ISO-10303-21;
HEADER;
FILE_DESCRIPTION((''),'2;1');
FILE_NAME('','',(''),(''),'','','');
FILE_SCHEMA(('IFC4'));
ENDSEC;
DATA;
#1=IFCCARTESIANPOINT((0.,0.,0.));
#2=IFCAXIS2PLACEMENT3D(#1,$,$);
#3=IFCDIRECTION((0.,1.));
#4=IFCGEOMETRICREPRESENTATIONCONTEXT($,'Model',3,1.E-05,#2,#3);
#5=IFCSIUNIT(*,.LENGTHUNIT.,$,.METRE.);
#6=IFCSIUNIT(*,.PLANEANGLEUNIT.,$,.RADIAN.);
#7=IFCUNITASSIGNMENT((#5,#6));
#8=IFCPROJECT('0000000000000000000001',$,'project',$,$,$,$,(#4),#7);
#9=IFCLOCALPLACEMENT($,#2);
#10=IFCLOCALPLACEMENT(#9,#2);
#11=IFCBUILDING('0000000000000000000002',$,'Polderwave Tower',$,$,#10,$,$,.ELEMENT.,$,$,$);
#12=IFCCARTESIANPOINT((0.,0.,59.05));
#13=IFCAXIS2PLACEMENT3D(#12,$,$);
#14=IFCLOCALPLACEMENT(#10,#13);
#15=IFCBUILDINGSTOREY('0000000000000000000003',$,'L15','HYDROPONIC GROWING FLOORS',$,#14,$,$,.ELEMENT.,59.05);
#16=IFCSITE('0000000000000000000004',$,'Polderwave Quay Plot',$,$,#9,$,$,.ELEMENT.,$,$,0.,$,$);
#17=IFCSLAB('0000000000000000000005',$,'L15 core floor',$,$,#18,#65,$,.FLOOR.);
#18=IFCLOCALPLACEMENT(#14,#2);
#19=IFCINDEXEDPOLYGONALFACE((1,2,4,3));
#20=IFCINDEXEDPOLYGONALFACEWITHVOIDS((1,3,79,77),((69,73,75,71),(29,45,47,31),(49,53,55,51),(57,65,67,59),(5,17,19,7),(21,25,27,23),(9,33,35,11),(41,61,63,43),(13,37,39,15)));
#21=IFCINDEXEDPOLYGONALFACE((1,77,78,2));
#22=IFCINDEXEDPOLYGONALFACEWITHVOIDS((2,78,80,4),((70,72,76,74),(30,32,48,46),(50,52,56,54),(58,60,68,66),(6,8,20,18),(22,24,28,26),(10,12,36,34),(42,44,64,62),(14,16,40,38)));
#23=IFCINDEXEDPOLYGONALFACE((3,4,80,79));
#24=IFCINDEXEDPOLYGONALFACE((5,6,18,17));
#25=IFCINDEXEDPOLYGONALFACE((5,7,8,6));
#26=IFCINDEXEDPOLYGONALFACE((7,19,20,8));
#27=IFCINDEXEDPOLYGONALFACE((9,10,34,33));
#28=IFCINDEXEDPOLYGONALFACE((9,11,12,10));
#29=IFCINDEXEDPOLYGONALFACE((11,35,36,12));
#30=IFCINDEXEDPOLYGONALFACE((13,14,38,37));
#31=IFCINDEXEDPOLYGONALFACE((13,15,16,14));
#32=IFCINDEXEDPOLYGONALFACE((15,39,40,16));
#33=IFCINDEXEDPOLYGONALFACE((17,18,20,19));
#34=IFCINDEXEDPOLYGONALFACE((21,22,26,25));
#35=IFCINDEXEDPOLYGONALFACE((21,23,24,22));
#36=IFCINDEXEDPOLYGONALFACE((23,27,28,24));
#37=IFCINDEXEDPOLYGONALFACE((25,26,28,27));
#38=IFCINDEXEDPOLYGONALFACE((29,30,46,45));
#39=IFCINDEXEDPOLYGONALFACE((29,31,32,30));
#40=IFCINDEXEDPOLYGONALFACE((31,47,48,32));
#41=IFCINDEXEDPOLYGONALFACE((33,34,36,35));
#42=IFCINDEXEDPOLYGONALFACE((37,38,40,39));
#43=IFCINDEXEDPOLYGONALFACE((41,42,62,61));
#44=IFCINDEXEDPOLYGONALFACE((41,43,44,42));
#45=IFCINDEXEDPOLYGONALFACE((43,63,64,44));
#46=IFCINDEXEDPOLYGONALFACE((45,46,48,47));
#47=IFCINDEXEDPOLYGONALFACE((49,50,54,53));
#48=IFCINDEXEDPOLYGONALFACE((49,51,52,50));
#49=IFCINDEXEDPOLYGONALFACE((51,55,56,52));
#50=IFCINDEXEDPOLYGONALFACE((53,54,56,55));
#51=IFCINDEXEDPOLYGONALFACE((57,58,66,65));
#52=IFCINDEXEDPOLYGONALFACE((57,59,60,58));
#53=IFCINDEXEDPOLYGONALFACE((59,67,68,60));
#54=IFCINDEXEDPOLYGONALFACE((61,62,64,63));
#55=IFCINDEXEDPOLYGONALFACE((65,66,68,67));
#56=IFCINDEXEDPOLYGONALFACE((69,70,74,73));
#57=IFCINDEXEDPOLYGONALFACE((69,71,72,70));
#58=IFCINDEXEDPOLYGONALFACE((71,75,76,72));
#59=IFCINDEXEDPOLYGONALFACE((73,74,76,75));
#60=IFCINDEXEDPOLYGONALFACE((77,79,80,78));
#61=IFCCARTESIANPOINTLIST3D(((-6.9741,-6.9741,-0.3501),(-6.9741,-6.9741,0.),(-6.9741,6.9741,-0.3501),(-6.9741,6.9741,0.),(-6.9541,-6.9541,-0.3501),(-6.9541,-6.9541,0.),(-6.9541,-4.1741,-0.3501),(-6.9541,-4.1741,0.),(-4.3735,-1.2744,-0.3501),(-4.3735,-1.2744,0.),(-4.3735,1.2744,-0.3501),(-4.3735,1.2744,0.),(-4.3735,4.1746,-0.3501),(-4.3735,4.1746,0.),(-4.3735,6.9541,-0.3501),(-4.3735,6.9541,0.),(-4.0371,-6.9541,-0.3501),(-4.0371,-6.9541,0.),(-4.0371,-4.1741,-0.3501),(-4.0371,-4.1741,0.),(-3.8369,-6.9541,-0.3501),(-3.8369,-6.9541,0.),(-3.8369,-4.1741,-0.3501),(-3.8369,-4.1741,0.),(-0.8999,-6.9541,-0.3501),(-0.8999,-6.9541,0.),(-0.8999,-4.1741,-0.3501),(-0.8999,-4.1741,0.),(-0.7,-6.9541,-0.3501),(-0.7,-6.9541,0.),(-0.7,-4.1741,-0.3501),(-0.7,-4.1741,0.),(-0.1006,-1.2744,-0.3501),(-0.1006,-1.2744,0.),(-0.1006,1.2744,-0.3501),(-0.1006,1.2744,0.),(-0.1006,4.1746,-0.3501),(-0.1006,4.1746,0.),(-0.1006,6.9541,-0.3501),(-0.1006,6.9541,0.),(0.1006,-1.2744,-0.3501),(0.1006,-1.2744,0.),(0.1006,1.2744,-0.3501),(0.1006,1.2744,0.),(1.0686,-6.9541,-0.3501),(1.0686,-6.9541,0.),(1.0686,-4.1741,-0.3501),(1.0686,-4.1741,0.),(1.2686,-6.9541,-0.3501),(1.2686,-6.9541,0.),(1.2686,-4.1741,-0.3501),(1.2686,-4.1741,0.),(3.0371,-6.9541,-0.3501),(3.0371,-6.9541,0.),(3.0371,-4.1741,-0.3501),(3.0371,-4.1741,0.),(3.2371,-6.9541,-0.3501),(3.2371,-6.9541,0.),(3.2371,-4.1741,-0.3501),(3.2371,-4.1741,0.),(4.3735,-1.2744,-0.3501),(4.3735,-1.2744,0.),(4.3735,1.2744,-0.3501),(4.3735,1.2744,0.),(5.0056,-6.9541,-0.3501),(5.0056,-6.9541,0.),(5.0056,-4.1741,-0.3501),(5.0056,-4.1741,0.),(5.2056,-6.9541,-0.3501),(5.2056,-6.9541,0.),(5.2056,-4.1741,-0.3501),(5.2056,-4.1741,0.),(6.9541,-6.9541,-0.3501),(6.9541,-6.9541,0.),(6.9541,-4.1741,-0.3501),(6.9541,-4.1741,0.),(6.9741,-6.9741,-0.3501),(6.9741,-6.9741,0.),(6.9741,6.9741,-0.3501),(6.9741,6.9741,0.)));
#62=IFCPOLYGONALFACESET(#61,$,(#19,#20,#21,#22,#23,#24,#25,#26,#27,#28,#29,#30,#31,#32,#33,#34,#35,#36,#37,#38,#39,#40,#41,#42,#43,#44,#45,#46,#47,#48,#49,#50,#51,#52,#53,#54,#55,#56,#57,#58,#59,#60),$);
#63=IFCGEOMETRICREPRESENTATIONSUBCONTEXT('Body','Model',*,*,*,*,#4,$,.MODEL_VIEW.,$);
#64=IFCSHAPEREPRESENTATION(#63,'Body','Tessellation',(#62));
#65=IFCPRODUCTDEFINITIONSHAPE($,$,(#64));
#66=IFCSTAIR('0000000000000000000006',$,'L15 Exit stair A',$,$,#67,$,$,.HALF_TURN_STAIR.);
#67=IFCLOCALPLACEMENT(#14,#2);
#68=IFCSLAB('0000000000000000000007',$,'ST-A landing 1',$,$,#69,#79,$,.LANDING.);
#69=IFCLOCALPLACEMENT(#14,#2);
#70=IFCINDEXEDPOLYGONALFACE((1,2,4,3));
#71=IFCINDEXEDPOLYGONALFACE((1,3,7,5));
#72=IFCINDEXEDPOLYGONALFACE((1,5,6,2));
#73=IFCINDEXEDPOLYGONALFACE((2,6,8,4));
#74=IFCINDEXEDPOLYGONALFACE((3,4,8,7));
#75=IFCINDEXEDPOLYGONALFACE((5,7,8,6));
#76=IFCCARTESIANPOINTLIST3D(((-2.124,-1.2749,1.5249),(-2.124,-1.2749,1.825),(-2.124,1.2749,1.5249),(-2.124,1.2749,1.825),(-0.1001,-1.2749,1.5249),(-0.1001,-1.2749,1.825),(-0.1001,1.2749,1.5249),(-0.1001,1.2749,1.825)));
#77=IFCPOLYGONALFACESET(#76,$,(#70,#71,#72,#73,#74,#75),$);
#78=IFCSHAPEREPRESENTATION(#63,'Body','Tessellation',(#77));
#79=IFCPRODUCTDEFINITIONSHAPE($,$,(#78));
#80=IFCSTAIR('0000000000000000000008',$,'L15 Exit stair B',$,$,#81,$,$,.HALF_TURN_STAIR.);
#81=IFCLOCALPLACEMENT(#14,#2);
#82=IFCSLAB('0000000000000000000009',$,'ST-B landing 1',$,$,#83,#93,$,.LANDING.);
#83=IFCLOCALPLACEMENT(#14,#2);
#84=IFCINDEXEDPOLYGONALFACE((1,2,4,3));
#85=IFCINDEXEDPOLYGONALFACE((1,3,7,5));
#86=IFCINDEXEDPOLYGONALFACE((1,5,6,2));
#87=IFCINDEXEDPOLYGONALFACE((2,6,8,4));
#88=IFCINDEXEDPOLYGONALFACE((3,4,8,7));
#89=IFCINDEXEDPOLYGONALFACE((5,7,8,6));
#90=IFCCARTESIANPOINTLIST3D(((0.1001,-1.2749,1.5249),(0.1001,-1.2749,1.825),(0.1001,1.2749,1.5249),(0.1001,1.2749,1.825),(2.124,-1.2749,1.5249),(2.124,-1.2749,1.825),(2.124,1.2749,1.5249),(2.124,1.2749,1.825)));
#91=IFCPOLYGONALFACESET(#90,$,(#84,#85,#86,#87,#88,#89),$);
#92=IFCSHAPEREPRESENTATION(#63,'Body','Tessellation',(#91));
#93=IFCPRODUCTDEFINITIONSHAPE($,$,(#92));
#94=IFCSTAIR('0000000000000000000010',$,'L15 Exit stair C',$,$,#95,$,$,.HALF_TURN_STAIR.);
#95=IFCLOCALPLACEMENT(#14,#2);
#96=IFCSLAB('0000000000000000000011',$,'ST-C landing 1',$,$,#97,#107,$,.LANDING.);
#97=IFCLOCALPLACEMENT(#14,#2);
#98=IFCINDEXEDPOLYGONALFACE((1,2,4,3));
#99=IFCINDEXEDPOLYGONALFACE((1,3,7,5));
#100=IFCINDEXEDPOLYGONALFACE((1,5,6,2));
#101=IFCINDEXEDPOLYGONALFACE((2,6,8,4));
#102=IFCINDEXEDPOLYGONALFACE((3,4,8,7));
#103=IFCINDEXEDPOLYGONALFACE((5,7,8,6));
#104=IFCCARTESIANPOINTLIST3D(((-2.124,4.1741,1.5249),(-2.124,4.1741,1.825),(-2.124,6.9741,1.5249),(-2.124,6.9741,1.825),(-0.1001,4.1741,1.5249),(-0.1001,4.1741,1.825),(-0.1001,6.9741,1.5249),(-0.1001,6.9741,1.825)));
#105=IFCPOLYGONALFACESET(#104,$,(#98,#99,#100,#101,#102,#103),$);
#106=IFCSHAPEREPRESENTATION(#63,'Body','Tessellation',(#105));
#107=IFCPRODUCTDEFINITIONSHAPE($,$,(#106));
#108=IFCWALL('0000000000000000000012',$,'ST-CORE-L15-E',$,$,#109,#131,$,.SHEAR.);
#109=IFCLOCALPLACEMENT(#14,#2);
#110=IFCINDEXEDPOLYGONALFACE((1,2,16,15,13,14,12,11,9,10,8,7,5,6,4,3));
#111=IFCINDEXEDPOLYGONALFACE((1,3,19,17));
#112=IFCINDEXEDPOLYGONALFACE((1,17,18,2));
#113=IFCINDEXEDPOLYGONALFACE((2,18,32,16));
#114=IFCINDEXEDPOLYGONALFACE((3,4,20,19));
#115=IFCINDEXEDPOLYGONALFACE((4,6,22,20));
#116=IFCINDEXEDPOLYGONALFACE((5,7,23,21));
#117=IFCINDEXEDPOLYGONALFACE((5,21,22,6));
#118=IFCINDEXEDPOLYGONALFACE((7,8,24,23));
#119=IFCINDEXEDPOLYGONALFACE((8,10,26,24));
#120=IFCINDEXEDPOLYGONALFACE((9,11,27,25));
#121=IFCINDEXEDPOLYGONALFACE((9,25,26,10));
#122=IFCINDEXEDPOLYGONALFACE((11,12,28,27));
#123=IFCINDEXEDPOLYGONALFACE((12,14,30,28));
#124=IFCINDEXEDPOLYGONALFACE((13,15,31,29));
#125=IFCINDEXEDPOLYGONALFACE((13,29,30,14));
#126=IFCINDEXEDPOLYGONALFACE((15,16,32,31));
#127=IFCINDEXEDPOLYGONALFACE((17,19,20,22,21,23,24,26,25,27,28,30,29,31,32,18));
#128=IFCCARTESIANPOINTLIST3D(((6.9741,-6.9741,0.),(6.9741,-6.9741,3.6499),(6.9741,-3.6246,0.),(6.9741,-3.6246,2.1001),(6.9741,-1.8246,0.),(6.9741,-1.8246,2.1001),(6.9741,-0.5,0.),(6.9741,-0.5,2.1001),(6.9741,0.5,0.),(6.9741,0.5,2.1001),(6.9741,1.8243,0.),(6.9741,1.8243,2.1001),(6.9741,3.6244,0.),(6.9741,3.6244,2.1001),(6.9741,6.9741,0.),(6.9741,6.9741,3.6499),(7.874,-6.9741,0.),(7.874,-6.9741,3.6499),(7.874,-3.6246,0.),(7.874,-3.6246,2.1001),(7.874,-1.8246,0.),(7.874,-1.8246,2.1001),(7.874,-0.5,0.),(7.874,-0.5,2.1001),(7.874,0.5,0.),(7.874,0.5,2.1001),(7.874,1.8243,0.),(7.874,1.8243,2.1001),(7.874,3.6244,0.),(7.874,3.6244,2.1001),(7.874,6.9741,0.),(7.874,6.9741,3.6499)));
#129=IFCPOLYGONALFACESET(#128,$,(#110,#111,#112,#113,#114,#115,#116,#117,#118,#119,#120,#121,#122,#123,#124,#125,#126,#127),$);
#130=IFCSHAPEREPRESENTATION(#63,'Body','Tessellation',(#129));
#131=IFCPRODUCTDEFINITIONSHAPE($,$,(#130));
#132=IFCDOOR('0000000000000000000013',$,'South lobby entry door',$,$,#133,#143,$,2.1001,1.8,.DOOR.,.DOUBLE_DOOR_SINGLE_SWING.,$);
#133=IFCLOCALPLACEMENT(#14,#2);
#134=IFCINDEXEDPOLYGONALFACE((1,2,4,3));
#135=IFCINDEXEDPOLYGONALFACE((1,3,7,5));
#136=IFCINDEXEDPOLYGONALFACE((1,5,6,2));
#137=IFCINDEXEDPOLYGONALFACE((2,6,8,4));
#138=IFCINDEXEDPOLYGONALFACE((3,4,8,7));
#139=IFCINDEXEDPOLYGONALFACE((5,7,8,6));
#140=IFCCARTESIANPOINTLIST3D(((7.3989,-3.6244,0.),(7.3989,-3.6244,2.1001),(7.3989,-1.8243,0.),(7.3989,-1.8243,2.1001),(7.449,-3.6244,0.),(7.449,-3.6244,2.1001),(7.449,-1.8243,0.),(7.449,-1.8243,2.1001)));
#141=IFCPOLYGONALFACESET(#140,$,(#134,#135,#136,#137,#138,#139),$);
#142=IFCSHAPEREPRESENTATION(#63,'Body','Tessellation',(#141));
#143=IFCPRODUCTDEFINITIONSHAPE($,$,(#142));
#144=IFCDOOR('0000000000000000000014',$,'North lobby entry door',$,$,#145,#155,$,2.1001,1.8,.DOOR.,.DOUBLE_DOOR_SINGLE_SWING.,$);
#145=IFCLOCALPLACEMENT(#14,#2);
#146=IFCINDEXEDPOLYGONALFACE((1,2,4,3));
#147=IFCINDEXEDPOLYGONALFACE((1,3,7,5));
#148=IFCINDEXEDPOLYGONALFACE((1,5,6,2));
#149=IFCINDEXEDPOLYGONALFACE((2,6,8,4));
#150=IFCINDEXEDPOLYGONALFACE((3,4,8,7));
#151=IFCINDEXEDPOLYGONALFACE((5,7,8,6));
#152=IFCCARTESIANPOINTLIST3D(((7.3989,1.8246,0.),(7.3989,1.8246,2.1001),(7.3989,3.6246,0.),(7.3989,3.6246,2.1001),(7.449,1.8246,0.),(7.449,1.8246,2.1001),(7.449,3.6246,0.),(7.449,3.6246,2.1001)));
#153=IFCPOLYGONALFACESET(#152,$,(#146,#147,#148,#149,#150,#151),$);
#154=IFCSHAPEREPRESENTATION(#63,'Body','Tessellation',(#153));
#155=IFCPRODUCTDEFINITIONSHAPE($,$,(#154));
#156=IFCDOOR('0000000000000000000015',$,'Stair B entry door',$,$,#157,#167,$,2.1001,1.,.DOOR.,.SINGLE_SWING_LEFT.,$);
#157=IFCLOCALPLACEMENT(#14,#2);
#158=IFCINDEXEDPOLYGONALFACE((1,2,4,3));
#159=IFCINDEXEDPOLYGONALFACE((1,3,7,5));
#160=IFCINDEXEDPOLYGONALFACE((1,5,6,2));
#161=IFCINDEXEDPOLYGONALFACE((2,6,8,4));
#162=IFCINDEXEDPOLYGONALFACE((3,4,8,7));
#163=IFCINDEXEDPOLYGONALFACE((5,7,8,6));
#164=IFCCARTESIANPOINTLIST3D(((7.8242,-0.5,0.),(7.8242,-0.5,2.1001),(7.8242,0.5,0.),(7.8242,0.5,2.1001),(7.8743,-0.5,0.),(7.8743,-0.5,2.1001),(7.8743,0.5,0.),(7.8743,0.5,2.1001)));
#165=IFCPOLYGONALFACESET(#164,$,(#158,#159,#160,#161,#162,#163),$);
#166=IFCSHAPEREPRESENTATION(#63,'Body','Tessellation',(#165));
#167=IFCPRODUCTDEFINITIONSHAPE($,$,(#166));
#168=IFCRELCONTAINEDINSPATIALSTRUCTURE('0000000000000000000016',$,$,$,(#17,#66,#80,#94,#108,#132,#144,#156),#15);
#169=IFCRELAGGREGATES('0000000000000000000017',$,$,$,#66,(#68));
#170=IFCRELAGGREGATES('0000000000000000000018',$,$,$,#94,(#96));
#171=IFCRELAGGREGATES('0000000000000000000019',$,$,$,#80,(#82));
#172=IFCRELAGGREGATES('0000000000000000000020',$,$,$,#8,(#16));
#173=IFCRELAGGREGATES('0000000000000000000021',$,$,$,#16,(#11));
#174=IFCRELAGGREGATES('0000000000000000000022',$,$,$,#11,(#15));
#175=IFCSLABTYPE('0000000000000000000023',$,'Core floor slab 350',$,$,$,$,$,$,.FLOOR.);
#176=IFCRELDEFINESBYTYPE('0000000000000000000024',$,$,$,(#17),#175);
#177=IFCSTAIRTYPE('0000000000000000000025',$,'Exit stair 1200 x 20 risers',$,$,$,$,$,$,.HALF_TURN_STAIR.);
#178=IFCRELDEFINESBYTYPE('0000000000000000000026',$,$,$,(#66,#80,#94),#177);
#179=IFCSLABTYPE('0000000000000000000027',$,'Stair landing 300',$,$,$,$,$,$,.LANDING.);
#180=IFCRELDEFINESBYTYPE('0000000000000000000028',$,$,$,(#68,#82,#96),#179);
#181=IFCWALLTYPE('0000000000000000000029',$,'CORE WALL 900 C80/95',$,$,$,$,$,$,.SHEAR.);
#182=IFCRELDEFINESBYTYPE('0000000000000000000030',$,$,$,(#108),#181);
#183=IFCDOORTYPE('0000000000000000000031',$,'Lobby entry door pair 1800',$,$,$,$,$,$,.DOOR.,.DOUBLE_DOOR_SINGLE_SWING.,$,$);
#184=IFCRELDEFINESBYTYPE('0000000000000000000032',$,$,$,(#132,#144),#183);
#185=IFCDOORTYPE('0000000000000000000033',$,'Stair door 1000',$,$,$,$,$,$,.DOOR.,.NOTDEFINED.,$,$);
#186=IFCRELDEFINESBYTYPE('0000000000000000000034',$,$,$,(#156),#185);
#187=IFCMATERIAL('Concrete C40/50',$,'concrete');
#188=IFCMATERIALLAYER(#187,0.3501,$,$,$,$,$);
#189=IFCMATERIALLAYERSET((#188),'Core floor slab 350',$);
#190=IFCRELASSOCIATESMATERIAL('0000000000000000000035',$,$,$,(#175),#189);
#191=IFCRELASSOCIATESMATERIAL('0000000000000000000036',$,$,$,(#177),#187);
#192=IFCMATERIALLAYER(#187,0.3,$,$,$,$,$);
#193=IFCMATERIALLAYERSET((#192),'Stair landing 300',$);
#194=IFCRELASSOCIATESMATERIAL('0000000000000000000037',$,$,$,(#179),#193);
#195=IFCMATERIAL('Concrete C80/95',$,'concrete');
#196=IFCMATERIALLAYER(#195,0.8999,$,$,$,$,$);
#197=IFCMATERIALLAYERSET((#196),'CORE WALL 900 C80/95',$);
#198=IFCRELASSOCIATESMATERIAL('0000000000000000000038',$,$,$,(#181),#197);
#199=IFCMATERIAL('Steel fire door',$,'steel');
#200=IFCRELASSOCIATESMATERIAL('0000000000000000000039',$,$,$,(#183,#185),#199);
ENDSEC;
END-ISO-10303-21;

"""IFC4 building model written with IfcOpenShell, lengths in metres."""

from ifc_helpers import new_model, si_unit, direction, frame, frame_2d, origin, place, context, subcontext, project, spatial, polyline, rectangle, outline, extrude, material, layer, layer_set, type_object, element, fill, aggregate, save


model = new_model("IFC4")

# Units and contexts
model_context = context("Model", 3, precision=1e-05, world=origin(), true_north=direction((0.0, 1.0)))
body_context = subcontext(model_context, "Body", "Model", "MODEL_VIEW")
ifc_project = project(units=[si_unit("LENGTHUNIT", "METRE"), si_unit("PLANEANGLEUNIT", "RADIAN")], contexts=[model_context])

# Site, building, storey
site_placement = place(None, origin())
site = spatial("IfcSite", under=ifc_project, at=site_placement, Name="Polderwave Quay Plot", CompositionType="ELEMENT", RefElevation=0.0)
building_placement = place(site_placement, origin())
building = spatial("IfcBuilding", under=site, at=building_placement, Name="Polderwave Tower", CompositionType="ELEMENT")
storey_placement = place(building_placement, frame((0.0, 0.0, 59.05)))
storey = spatial("IfcBuildingStorey", under=building, at=storey_placement, Name="L15", Description="HYDROPONIC GROWING FLOORS", CompositionType="ELEMENT", Elevation=59.05)

# Slab
ifc_material_1 = material(Name="Concrete C40/50", Category="concrete")
ifc_layer_1 = layer(ifc_material_1, 0.3501)
ifc_layer_set_1 = layer_set([ifc_layer_1], Name="Core floor slab 350")
slab_type_1 = type_object("IfcSlabType", Name="Core floor slab 350", PredefinedType="FLOOR", material=ifc_layer_set_1)
slab_1_placement = place(storey_placement, frame((0.0, 0.0, -0.3501)))
element("IfcSlab", 1, at=slab_1_placement, inside=storey, type_object=slab_type_1, Name="L15 core floor", PredefinedType="FLOOR", context=body_context, shape_type="SweptSolid", body=[
    extrude(outline(polyline([(-6.9741, -6.9741), (6.9741, -6.9741), (6.9741, 6.9741), (-6.9741, 6.9741), (-6.9741, -6.9741)]), holes=[polyline([(-6.9541, -6.9541), (-4.0371, -6.9541), (-4.0371, -4.1741), (-6.9541, -4.1741), (-6.9541, -6.9541)]), polyline([(-3.8369, -6.9541), (-0.8999, -6.9541), (-0.8999, -4.1741), (-3.8369, -4.1741), (-3.8369, -6.9541)]), polyline([(-0.7, -6.9541), (1.0686, -6.9541), (1.0686, -4.1741), (-0.7, -4.1741), (-0.7, -6.9541)]), polyline([(1.2686, -6.9541), (3.0371, -6.9541), (3.0371, -4.1741), (1.2686, -4.1741), (1.2686, -6.9541)]), polyline([(3.2371, -6.9541), (5.0056, -6.9541), (5.0056, -4.1741), (3.2371, -4.1741), (3.2371, -6.9541)]), polyline([(5.2056, -6.9541), (6.9541, -6.9541), (6.9541, -4.1741), (5.2056, -4.1741), (5.2056, -6.9541)]), polyline([(-4.3735, -1.2744), (-0.1006, -1.2744), (-0.1006, 1.2744), (-4.3735, 1.2744), (-4.3735, -1.2744)]), polyline([(0.1006, -1.2744), (4.3735, -1.2744), (4.3735, 1.2744), (0.1006, 1.2744), (0.1006, -1.2744)]), polyline([(-4.3735, 4.1746), (-0.1006, 4.1746), (-0.1006, 6.9541), (-4.3735, 6.9541), (-4.3735, 4.1746)])]), origin(), (0.0, 0.0, 1.0), 0.3501),
])

# Stairs, slabs
stair_type = type_object("IfcStairType", Name="Exit stair 1200 x 20 risers", PredefinedType="HALF_TURN_STAIR", material=ifc_material_1)
stair_1_placement = place(storey_placement, origin())
stair_1 = element("IfcStair", 2, at=stair_1_placement, inside=storey, type_object=stair_type, Name="L15 Exit stair A", PredefinedType="HALF_TURN_STAIR")
ifc_layer_2 = layer(ifc_material_1, 0.3)
ifc_layer_set_2 = layer_set([ifc_layer_2], Name="Stair landing 300")
slab_type_2 = type_object("IfcSlabType", Name="Stair landing 300", PredefinedType="LANDING", material=ifc_layer_set_2)
slab_2_placement = place(storey_placement, frame((0.0, 0.0, 1.5249)))
slab_2 = element("IfcSlab", 3, at=slab_2_placement, type_object=slab_type_2, Name="ST-A landing 1", PredefinedType="LANDING", context=body_context, shape_type="SweptSolid", body=[
    extrude(outline(polyline([(-2.124, -1.2749), (-0.1001, -1.2749), (-0.1001, 1.2749), (-2.124, 1.2749), (-2.124, -1.2749)])), origin(), (0.0, 0.0, 1.0), 0.3),
])
aggregate(stair_1, [slab_2])
stair_2_placement = place(storey_placement, origin())
stair_2 = element("IfcStair", 4, at=stair_2_placement, inside=storey, type_object=stair_type, Name="L15 Exit stair B", PredefinedType="HALF_TURN_STAIR")
slab_3_placement = place(storey_placement, frame((0.0, 0.0, 1.5249)))
slab_3 = element("IfcSlab", 5, at=slab_3_placement, type_object=slab_type_2, Name="ST-B landing 1", PredefinedType="LANDING", context=body_context, shape_type="SweptSolid", body=[
    extrude(outline(polyline([(2.124, 1.2749), (0.1001, 1.2749), (0.1001, -1.2749), (2.124, -1.2749), (2.124, 1.2749)])), origin(), (0.0, 0.0, 1.0), 0.3),
])
stair_3_placement = place(storey_placement, origin())
stair_3 = element("IfcStair", 6, at=stair_3_placement, inside=storey, type_object=stair_type, Name="L15 Exit stair C", PredefinedType="HALF_TURN_STAIR")
slab_4_placement = place(storey_placement, frame((0.0, 0.0, 1.5249)))
slab_4 = element("IfcSlab", 7, at=slab_4_placement, type_object=slab_type_2, Name="ST-C landing 1", PredefinedType="LANDING", context=body_context, shape_type="SweptSolid", body=[
    extrude(outline(polyline([(-2.124, 4.1741), (-0.1001, 4.1741), (-0.1001, 6.9741), (-2.124, 6.9741), (-2.124, 4.1741)])), origin(), (0.0, 0.0, 1.0), 0.3),
])
aggregate(stair_3, [slab_4])

# Wall, openings, doors
ifc_material_2 = material(Name="Concrete C80/95", Category="concrete")
ifc_layer_3 = layer(ifc_material_2, 0.8999)
ifc_layer_set_3 = layer_set([ifc_layer_3], Name="CORE WALL 900 C80/95")
wall_type_1 = type_object("IfcWallType", Name="CORE WALL 900 C80/95", PredefinedType="SHEAR", material=ifc_layer_set_3)
wall_1_placement = place(storey_placement, frame((7.4241, -6.9741, 0.0), z_axis=(0.0, 0.0, 1.0), x_axis=(0.0, 1.0, 0.0)))
wall_1 = element("IfcWall", 8, at=wall_1_placement, inside=storey, type_object=wall_type_1, Name="ST-CORE-L15-E", PredefinedType="SHEAR", context=body_context, shape_type="SweptSolid", body=[
    extrude(rectangle(XDim=13.9482, YDim=0.8999, at=frame_2d((6.9741, 0.0))), origin(), (0.0, 0.0, 1.0), 3.6499),
])
opening_1_placement = place(wall_1_placement, frame((6.4741, 0.0, 0.0)))
opening_1 = element("IfcOpeningElement", 9, at=opening_1_placement, cuts=wall_1, PredefinedType="OPENING", context=body_context, shape_type="SweptSolid", body=[
    extrude(rectangle(XDim=1.0, YDim=2.1001, at=frame_2d((0.5, 1.05))), frame((0.0, 0.46, 0.0), z_axis=(0.0, -1.0, 0.0), x_axis=(1.0, 0.0, 0.0)), (0.0, 0.0, 1.0), 0.9199),
])
opening_2_placement = place(wall_1_placement, frame((3.3496, 0.0, 0.0)))
opening_2 = element("IfcOpeningElement", 10, at=opening_2_placement, cuts=wall_1, PredefinedType="OPENING", context=body_context, shape_type="SweptSolid", body=[
    extrude(rectangle(XDim=1.8, YDim=2.1001, at=frame_2d((0.8999, 1.05))), frame((0.0, 0.46, 0.0), z_axis=(0.0, -1.0, 0.0), x_axis=(1.0, 0.0, 0.0)), (0.0, 0.0, 1.0), 0.9199),
])
opening_3_placement = place(wall_1_placement, frame((8.7986, 0.0, 0.0)))
opening_3 = element("IfcOpeningElement", 11, at=opening_3_placement, cuts=wall_1, PredefinedType="OPENING", context=body_context, shape_type="SweptSolid", body=[
    extrude(rectangle(XDim=1.8, YDim=2.1001, at=frame_2d((0.8999, 1.05))), frame((0.0, 0.46, 0.0), z_axis=(0.0, -1.0, 0.0), x_axis=(1.0, 0.0, 0.0)), (0.0, 0.0, 1.0), 0.9199),
])
ifc_material_3 = material(Name="Steel fire door", Category="steel")
door_type_1 = type_object("IfcDoorType", Name="Lobby entry door pair 1800", OperationType="DOUBLE_DOOR_SINGLE_SWING", PredefinedType="DOOR", material=ifc_material_3)
door_1_placement = place(opening_2_placement, frame((1.8, 0.0, 0.0), z_axis=(0.0, 0.0, 1.0), x_axis=(-1.0, 0.0, 0.0)))
door_1 = element("IfcDoor", 12, at=door_1_placement, inside=storey, type_object=door_type_1, Name="South lobby entry door", OperationType="DOUBLE_DOOR_SINGLE_SWING", OverallHeight=2.1001, OverallWidth=1.8, PredefinedType="DOOR", context=body_context, shape_type="SweptSolid", body=[
    extrude(rectangle(XDim=1.8, YDim=2.1001, at=frame_2d((0.8999, 1.05))), frame((0.0, 0.0249, 0.0), z_axis=(0.0, -1.0, 0.0), x_axis=(1.0, 0.0, 0.0)), (0.0, 0.0, 1.0), 0.05),
])
fill(opening_2, door_1)
door_2_placement = place(opening_3_placement, frame((1.8, 0.0, 0.0), z_axis=(0.0, 0.0, 1.0), x_axis=(-1.0, 0.0, 0.0)))
door_2 = element("IfcDoor", 13, at=door_2_placement, inside=storey, type_object=door_type_1, Name="North lobby entry door", OperationType="DOUBLE_DOOR_SINGLE_SWING", OverallHeight=2.1001, OverallWidth=1.8, PredefinedType="DOOR", context=body_context, shape_type="SweptSolid", body=[
    extrude(rectangle(XDim=1.8, YDim=2.1001, at=frame_2d((0.8999, 1.05))), frame((0.0, 0.0249, 0.0), z_axis=(0.0, -1.0, 0.0), x_axis=(1.0, 0.0, 0.0)), (0.0, 0.0, 1.0), 0.05),
])
fill(opening_3, door_2)
door_type_2 = type_object("IfcDoorType", Name="Stair door 1000", OperationType="NOTDEFINED", PredefinedType="DOOR", material=ifc_material_3)
door_3_placement = place(opening_1_placement, frame((1.0, 0.0, 0.0), z_axis=(0.0, 0.0, 1.0), x_axis=(-1.0, 0.0, 0.0)))
door_3 = element("IfcDoor", 14, at=door_3_placement, inside=storey, type_object=door_type_2, Name="Stair B entry door", OperationType="SINGLE_SWING_LEFT", OverallHeight=2.1001, OverallWidth=1.0, PredefinedType="DOOR", context=body_context, shape_type="SweptSolid", body=[
    extrude(rectangle(XDim=1.0, YDim=2.1001, at=frame_2d((0.5, 1.05))), frame((0.0, 0.4502, 0.0), z_axis=(0.0, -1.0, 0.0), x_axis=(1.0, 0.0, 0.0)), (0.0, 0.0, 1.0), 0.05),
])
fill(opening_1, door_3)

aggregate(stair_2, [slab_3])

save(model, "model.ifc")
